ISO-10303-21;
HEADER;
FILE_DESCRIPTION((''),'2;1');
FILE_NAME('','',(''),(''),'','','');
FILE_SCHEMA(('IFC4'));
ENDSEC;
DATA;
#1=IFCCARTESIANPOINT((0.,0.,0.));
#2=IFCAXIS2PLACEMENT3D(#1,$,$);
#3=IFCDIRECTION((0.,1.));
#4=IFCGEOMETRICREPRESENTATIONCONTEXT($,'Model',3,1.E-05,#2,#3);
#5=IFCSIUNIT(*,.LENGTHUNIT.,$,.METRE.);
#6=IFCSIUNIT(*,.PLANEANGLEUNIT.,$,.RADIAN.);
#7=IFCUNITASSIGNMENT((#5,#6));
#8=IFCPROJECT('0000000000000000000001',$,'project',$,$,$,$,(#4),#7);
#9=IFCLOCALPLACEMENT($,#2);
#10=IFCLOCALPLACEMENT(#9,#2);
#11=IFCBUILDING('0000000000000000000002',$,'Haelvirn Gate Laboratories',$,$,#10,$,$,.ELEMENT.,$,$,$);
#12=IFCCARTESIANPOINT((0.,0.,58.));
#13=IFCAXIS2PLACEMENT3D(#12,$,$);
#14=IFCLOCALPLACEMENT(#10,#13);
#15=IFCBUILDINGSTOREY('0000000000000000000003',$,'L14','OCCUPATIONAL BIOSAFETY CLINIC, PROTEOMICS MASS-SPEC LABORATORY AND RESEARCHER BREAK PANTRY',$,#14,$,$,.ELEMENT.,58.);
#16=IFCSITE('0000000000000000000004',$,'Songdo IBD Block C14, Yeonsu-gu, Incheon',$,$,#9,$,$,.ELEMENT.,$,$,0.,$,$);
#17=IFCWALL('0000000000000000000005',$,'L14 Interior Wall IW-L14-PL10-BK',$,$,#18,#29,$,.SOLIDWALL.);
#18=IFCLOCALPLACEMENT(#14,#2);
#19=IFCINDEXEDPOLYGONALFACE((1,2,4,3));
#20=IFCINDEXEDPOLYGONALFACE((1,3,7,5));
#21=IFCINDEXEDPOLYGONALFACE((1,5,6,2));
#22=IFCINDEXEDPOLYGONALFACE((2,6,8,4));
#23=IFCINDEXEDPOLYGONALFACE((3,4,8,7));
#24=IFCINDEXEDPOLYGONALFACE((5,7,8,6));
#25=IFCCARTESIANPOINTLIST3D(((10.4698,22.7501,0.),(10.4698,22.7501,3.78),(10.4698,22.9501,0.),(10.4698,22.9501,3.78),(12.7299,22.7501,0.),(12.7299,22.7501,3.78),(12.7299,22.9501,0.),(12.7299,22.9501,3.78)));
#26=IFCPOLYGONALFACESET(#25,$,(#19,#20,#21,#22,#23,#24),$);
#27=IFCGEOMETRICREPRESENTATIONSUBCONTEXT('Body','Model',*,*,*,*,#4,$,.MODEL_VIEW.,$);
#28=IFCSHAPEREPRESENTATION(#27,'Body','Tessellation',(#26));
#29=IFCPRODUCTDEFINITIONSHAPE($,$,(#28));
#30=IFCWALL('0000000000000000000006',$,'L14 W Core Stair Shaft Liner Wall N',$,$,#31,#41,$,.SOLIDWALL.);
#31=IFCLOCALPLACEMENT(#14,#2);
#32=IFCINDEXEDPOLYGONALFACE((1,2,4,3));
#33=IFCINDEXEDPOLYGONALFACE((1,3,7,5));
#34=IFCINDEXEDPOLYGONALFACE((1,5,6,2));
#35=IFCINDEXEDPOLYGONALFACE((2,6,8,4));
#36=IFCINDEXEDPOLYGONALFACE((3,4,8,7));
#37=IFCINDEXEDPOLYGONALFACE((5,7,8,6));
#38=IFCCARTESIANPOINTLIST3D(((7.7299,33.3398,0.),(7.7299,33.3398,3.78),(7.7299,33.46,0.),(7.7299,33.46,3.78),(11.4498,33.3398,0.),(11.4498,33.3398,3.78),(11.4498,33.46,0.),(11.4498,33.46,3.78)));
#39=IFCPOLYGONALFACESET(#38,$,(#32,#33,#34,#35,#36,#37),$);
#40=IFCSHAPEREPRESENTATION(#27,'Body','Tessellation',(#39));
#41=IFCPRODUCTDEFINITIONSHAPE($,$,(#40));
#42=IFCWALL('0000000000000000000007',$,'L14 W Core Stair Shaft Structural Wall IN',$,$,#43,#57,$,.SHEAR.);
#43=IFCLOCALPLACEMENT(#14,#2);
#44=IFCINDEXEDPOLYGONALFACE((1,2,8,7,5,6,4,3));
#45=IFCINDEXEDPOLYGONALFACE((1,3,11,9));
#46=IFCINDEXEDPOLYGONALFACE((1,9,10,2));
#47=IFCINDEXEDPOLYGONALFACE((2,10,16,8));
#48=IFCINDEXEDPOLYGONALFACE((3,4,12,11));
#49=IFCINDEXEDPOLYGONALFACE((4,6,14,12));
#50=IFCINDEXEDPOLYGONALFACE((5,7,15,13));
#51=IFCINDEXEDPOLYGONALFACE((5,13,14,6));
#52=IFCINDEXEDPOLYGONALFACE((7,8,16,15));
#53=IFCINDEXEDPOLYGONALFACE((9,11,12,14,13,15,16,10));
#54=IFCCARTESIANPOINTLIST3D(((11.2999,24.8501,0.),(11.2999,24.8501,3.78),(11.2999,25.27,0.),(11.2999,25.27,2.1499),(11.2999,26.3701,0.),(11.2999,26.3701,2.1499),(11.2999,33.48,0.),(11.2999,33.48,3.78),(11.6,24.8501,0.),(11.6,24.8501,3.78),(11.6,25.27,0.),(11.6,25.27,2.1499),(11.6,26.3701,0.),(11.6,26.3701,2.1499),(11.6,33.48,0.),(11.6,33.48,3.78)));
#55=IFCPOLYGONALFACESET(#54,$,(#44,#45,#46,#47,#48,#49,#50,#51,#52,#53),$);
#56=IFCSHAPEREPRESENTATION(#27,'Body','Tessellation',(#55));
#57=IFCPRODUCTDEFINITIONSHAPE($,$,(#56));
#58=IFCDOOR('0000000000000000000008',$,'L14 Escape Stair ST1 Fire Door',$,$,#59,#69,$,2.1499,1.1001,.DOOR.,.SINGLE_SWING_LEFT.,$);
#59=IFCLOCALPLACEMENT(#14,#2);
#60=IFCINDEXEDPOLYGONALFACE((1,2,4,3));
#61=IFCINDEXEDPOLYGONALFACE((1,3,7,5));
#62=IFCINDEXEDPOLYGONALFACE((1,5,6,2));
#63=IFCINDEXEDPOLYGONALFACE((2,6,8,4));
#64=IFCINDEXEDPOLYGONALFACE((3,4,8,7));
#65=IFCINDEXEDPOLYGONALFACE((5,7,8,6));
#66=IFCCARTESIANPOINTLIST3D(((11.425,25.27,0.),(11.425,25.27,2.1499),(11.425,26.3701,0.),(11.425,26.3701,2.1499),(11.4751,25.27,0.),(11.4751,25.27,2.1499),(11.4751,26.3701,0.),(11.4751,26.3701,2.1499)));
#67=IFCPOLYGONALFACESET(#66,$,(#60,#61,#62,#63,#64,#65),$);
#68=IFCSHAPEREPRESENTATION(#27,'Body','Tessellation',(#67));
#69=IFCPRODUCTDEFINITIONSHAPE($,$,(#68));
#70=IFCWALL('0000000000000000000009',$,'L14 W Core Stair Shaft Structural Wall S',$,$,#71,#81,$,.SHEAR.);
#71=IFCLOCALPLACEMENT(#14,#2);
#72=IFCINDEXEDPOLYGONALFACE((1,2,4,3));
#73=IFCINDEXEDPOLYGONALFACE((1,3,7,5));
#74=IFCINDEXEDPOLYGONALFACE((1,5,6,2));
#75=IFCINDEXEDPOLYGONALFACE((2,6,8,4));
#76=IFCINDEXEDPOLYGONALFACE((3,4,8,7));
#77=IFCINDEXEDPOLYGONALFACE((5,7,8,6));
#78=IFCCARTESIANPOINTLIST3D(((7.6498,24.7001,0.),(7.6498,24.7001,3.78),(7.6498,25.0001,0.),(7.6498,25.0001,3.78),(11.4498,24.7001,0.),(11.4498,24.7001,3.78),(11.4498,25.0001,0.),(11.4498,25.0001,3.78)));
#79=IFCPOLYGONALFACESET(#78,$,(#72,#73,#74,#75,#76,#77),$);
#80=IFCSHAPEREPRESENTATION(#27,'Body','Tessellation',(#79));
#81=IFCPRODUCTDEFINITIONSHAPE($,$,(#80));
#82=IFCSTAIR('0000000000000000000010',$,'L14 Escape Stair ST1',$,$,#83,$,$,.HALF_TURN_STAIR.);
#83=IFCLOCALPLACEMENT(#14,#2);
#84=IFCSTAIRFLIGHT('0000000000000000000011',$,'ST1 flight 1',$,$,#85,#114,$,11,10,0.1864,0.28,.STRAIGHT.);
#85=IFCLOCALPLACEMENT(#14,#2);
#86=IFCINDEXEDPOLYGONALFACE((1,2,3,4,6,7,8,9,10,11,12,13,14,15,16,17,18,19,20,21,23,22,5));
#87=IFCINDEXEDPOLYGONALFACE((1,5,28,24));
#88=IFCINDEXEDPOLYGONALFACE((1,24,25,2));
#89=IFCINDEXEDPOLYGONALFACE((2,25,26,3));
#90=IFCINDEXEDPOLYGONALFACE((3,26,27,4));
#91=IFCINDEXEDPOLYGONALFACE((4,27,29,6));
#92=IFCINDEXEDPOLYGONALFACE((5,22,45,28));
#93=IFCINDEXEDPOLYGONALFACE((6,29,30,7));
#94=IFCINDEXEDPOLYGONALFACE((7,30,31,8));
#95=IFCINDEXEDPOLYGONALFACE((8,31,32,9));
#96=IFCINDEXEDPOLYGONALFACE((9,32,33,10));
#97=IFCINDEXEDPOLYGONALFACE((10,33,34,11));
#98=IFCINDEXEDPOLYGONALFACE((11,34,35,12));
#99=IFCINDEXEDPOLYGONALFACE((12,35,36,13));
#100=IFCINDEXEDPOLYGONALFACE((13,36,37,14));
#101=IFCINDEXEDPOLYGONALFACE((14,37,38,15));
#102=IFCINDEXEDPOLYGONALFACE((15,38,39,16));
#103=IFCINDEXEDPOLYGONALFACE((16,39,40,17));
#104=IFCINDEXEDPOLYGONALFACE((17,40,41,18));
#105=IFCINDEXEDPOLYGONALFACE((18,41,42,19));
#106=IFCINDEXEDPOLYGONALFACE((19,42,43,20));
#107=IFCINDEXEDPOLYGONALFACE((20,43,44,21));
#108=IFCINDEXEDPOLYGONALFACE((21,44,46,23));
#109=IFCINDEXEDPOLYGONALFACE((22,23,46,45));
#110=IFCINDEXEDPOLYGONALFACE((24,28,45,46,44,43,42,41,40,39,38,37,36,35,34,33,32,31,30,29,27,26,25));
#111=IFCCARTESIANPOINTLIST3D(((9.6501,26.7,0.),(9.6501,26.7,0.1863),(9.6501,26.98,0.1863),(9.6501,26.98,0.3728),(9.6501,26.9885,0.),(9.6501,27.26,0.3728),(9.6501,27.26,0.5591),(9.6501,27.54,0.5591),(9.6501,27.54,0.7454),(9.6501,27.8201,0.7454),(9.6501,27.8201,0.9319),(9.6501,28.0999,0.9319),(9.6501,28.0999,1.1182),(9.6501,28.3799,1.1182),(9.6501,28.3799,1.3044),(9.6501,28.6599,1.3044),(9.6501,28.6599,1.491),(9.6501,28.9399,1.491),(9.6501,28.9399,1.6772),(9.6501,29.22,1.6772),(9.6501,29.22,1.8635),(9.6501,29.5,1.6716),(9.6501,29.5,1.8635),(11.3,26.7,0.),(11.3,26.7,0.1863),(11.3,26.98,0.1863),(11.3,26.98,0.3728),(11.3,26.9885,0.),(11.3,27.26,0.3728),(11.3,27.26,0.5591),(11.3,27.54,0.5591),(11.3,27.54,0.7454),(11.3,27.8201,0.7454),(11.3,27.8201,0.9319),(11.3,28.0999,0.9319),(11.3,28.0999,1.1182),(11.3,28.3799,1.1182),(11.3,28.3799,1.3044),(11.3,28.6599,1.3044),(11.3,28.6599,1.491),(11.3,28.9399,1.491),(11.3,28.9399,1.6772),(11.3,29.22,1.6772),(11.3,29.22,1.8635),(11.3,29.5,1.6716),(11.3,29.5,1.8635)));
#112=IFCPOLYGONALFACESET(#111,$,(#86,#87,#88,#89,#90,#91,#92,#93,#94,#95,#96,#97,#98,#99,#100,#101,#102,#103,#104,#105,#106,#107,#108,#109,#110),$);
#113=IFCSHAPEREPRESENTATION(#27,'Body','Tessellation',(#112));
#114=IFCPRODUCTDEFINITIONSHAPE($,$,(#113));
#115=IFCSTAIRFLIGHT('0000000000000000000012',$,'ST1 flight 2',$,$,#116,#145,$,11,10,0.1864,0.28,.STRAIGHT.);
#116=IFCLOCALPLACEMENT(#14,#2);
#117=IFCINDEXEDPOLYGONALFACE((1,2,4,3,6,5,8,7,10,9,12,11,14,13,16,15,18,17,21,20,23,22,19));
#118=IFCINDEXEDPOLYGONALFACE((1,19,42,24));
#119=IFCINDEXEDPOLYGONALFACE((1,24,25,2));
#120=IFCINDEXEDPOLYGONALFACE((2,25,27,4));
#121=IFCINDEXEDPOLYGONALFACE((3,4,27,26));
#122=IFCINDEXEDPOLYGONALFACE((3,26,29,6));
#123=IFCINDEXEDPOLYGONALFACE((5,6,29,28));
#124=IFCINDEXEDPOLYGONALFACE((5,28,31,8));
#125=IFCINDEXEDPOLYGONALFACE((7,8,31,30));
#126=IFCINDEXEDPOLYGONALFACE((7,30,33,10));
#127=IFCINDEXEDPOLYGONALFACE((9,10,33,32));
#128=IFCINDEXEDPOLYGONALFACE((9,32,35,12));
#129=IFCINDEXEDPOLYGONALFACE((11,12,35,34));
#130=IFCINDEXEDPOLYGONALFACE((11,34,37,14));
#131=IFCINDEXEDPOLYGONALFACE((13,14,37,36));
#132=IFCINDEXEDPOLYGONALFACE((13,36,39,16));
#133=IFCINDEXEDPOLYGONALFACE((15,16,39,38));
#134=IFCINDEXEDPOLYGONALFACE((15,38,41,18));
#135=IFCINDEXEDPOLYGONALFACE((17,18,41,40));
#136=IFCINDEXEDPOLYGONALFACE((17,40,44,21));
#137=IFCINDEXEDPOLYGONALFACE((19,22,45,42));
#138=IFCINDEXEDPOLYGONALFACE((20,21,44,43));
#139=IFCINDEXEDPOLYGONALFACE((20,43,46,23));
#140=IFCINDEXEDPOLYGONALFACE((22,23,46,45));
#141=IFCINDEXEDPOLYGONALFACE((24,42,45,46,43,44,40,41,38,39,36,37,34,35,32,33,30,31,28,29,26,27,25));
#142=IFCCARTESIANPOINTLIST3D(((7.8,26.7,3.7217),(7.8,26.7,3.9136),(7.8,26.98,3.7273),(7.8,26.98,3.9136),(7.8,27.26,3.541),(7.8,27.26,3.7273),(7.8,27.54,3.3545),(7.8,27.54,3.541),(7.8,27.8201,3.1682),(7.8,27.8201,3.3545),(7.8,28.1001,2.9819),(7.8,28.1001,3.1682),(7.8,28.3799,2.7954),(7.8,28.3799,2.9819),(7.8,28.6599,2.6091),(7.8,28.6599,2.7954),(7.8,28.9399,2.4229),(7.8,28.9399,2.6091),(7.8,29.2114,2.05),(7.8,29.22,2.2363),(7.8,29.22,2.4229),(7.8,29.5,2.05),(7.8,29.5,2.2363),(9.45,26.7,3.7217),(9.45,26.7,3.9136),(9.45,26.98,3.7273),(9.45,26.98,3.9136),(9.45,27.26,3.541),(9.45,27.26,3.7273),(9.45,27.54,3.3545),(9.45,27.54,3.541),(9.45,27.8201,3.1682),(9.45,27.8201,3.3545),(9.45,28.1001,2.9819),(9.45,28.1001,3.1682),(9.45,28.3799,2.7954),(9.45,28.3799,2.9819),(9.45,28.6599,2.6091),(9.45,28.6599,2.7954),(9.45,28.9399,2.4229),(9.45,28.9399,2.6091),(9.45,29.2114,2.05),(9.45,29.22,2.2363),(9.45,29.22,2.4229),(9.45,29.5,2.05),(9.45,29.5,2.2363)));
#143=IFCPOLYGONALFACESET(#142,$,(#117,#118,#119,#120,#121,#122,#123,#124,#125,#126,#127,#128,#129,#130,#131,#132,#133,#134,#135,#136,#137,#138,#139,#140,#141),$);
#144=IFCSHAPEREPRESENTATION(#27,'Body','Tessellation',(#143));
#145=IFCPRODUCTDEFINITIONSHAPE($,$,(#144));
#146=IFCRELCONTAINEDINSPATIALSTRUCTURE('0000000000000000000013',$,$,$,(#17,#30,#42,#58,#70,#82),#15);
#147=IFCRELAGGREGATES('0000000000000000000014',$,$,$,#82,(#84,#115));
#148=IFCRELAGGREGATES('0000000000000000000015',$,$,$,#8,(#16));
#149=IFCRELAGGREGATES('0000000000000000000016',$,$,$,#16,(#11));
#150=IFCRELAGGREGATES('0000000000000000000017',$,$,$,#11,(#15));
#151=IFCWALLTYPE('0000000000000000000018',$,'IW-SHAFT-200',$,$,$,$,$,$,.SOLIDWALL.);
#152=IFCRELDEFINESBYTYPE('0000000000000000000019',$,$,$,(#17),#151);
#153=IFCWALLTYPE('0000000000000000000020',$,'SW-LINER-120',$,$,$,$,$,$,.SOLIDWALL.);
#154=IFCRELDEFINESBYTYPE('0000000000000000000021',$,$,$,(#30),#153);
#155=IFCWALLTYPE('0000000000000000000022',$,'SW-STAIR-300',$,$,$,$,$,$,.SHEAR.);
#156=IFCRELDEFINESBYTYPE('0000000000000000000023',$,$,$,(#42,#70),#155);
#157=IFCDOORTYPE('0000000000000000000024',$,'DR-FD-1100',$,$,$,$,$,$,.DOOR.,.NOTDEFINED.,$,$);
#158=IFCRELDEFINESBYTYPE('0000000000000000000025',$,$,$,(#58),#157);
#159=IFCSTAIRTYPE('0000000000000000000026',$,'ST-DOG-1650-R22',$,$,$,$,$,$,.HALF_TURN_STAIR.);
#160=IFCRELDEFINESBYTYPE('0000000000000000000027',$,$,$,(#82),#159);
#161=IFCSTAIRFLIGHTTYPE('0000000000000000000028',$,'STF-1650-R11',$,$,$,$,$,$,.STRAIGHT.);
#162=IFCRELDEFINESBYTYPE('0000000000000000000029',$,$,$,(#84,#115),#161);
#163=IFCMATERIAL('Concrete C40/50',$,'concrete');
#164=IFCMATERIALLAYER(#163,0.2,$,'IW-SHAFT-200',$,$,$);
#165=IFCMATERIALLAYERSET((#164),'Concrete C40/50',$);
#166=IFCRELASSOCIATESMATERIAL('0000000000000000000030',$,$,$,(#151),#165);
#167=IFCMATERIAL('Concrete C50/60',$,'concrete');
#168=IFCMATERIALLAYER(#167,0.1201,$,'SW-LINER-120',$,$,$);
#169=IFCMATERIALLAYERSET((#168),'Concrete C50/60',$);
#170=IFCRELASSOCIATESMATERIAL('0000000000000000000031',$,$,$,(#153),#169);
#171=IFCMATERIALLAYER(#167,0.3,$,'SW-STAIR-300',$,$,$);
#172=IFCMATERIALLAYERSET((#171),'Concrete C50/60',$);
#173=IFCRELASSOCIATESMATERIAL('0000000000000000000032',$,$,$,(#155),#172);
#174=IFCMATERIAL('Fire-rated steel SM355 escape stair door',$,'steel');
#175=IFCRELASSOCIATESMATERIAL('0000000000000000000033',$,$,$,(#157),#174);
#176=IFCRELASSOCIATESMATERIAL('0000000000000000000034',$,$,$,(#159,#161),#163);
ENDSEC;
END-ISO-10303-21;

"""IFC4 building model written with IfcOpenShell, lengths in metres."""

from ifc_helpers import new_model, si_unit, direction, frame, frame_2d, origin, place, context, subcontext, project, spatial, polyline, rectangle, outline, extrude, source, transform, mapped, material, layer, layer_set, type_object, type_shapes, element, fill, aggregate, save


model = new_model("IFC4")

# Units and contexts
model_context = context("Model", 3, precision=1e-05, world=origin(), true_north=direction((0.0, 1.0)))
body_context = subcontext(model_context, "Body", "Model", "MODEL_VIEW")
ifc_project = project(units=[si_unit("LENGTHUNIT", "METRE"), si_unit("PLANEANGLEUNIT", "RADIAN")], contexts=[model_context])

# Site, building, storey
site_placement = place(None, origin())
site = spatial("IfcSite", under=ifc_project, at=site_placement, Name="Songdo IBD Block C14, Yeonsu-gu, Incheon", CompositionType="ELEMENT", RefElevation=0.0)
building_placement = place(site_placement, origin())
building = spatial("IfcBuilding", under=site, at=building_placement, Name="Haelvirn Gate Laboratories", CompositionType="ELEMENT")
storey_placement = place(building_placement, frame((0.0, 0.0, 58.0)))
storey = spatial("IfcBuildingStorey", under=building, at=storey_placement, Name="L14", Description="OCCUPATIONAL BIOSAFETY CLINIC, PROTEOMICS MASS-SPEC LABORATORY AND RESEARCHER BREAK PANTRY", CompositionType="ELEMENT", Elevation=58.0)

# Walls
ifc_material_1 = material(Name="Concrete C40/50", Category="concrete")
ifc_layer_1 = layer(ifc_material_1, 0.2, Name="IW-SHAFT-200")
ifc_layer_set_1 = layer_set([ifc_layer_1], Name="Concrete C40/50")
wall_type_1 = type_object("IfcWallType", Name="IW-SHAFT-200", PredefinedType="SOLIDWALL", material=ifc_layer_set_1)
wall_1_placement = place(storey_placement, frame((10.47, 22.8501, 0.0), z_axis=(0.0, 0.0, 1.0), x_axis=(1.0, 0.0, 0.0)))
element("IfcWall", 1, at=wall_1_placement, inside=storey, type_object=wall_type_1, Name="L14 Interior Wall IW-L14-PL10-BK", PredefinedType="SOLIDWALL", context=body_context, shape_type="SweptSolid", body=[
    extrude(rectangle(XDim=2.26, YDim=0.2, at=frame_2d((1.1299, 0.0))), origin(), (0.0, 0.0, 1.0), 3.78),
])
ifc_material_2 = material(Name="Concrete C50/60", Category="concrete")
ifc_layer_2 = layer(ifc_material_2, 0.1201, Name="SW-LINER-120")
ifc_layer_set_2 = layer_set([ifc_layer_2], Name="Concrete C50/60")
wall_type_2 = type_object("IfcWallType", Name="SW-LINER-120", PredefinedType="SOLIDWALL", material=ifc_layer_set_2)
wall_2_placement = place(storey_placement, frame((7.73, 33.3999, 0.0), z_axis=(0.0, 0.0, 1.0), x_axis=(1.0, 0.0, 0.0)))
element("IfcWall", 2, at=wall_2_placement, inside=storey, type_object=wall_type_2, Name="L14 W Core Stair Shaft Liner Wall N", PredefinedType="SOLIDWALL", context=body_context, shape_type="SweptSolid", body=[
    extrude(rectangle(XDim=3.72, YDim=0.1201, at=frame_2d((1.8599, 0.0))), origin(), (0.0, 0.0, 1.0), 3.78),
])

# Wall, opening, door
ifc_layer_3 = layer(ifc_material_2, 0.3, Name="SW-STAIR-300")
ifc_layer_set_3 = layer_set([ifc_layer_3], Name="Concrete C50/60")
wall_type_3 = type_object("IfcWallType", Name="SW-STAIR-300", PredefinedType="SHEAR", material=ifc_layer_set_3)
wall_3_placement = place(storey_placement, frame((11.45, 24.8501, 0.0), z_axis=(0.0, 0.0, 1.0), x_axis=(0.0, 1.0, 0.0)))
wall_3 = element("IfcWall", 3, at=wall_3_placement, inside=storey, type_object=wall_type_3, Name="L14 W Core Stair Shaft Structural Wall IN", PredefinedType="SHEAR", context=body_context, shape_type="SweptSolid", body=[
    extrude(rectangle(XDim=8.6299, YDim=0.3, at=frame_2d((4.3149, 0.0))), origin(), (0.0, 0.0, 1.0), 3.78),
])
opening_1_placement = place(wall_3_placement, frame((0.4199, 0.0, 0.0)))
opening_1 = element("IfcOpeningElement", 4, at=opening_1_placement, cuts=wall_3, PredefinedType="OPENING", context=body_context, shape_type="SweptSolid", body=[
    extrude(rectangle(XDim=1.1001, YDim=2.1499, at=frame_2d((0.55, 1.075))), frame((0.0, 0.1602, 0.0), z_axis=(0.0, -1.0, 0.0), x_axis=(1.0, 0.0, 0.0)), (0.0, 0.0, 1.0), 0.3201),
])
ifc_material_3 = material(Name="Fire-rated steel SM355 escape stair door", Category="steel")
door_type_1 = type_object("IfcDoorType", Name="DR-FD-1100", OperationType="NOTDEFINED", PredefinedType="DOOR", material=ifc_material_3)
shared_shape_1 = source(origin(), body_context, "Body", "SweptSolid", [
    extrude(rectangle(XDim=1.1001, YDim=2.1499, at=frame_2d((0.55, 1.075))), frame((0.0, 0.0249, 0.0), z_axis=(0.0, -1.0, 0.0), x_axis=(1.0, 0.0, 0.0)), (0.0, 0.0, 1.0), 0.05),
])
type_shapes(door_type_1, [shared_shape_1])
door_1_placement = place(opening_1_placement, origin())
door_1 = element("IfcDoor", 5, at=door_1_placement, inside=storey, type_object=door_type_1, Name="L14 Escape Stair ST1 Fire Door", OperationType="SINGLE_SWING_LEFT", OverallHeight=2.1499, OverallWidth=1.1001, PredefinedType="DOOR", context=body_context, shape_type="MappedRepresentation", body=[
    mapped(shared_shape_1, transform((0.0, 0.0, 0.0), scale=1.0)),
])
fill(opening_1, door_1)

# Wall
wall_4_placement = place(storey_placement, frame((7.6499, 24.8501, 0.0), z_axis=(0.0, 0.0, 1.0), x_axis=(1.0, 0.0, 0.0)))
element("IfcWall", 6, at=wall_4_placement, inside=storey, type_object=wall_type_3, Name="L14 W Core Stair Shaft Structural Wall S", PredefinedType="SHEAR", context=body_context, shape_type="SweptSolid", body=[
    extrude(rectangle(XDim=3.8, YDim=0.3, at=frame_2d((1.8999, 0.0))), origin(), (0.0, 0.0, 1.0), 3.78),
])

# Stair, stair flights
stair_type = type_object("IfcStairType", Name="ST-DOG-1650-R22", PredefinedType="HALF_TURN_STAIR", material=ifc_material_1)
stair_placement = place(storey_placement, origin())
stair = element("IfcStair", 7, at=stair_placement, inside=storey, type_object=stair_type, Name="L14 Escape Stair ST1", PredefinedType="HALF_TURN_STAIR")
stair_flight_type = type_object("IfcStairFlightType", Name="STF-1650-R11", PredefinedType="STRAIGHT", material=ifc_material_1)
shared_shape_2 = source(origin(), body_context, "Body", "SweptSolid", [
    extrude(outline(polyline([(0.0, 0.0), (0.0, 0.1863), (0.28, 0.1863), (0.28, 0.3728), (0.5601, 0.3728), (0.5601, 0.5591), (0.8401, 0.5591), (0.8401, 0.7454), (1.1201, 0.7454), (1.1201, 0.9319), (1.3999, 0.9319), (1.3999, 1.1182), (1.6799, 1.1182), (1.6799, 1.3044), (1.96, 1.3044), (1.96, 1.491), (2.24, 1.491), (2.24, 1.6772), (2.52, 1.6772), (2.52, 1.8635), (2.8, 1.8635), (2.8, 2.05), (2.8, 1.6716), (0.2886, 0.0), (0.0, 0.0)])), frame((0.0, 0.825, 0.0), z_axis=(0.0, -1.0, 0.0), x_axis=(1.0, 0.0, 0.0)), (0.0, 0.0, 1.0), 1.6499),
])
type_shapes(stair_flight_type, [shared_shape_2])
stair_flight_1_placement = place(storey_placement, frame((10.4751, 26.7, 0.0), z_axis=(0.0, 0.0, 1.0), x_axis=(0.0, 1.0, 0.0)))
stair_flight_1 = element("IfcStairFlight", 8, at=stair_flight_1_placement, type_object=stair_flight_type, Name="ST1 flight 1", NumberOfRisers=11, NumberOfTreads=10, PredefinedType="STRAIGHT", RiserHeight=0.1864, TreadLength=0.28, context=body_context, shape_type="MappedRepresentation", body=[
    mapped(shared_shape_2, transform((0.0, 0.0, 0.0), scale=1.0)),
])
stair_flight_2_placement = place(storey_placement, frame((8.625, 29.5, 2.05), z_axis=(0.0, 0.0, 1.0), x_axis=(0.0, -1.0, 0.0)))
stair_flight_2 = element("IfcStairFlight", 9, at=stair_flight_2_placement, type_object=stair_flight_type, Name="ST1 flight 2", NumberOfRisers=11, NumberOfTreads=10, PredefinedType="STRAIGHT", RiserHeight=0.1864, TreadLength=0.28, context=body_context, shape_type="MappedRepresentation", body=[
    mapped(shared_shape_2, transform((0.0, 0.0, 0.0), scale=1.0)),
])
aggregate(stair, [stair_flight_1, stair_flight_2])

save(model, "model.ifc")
